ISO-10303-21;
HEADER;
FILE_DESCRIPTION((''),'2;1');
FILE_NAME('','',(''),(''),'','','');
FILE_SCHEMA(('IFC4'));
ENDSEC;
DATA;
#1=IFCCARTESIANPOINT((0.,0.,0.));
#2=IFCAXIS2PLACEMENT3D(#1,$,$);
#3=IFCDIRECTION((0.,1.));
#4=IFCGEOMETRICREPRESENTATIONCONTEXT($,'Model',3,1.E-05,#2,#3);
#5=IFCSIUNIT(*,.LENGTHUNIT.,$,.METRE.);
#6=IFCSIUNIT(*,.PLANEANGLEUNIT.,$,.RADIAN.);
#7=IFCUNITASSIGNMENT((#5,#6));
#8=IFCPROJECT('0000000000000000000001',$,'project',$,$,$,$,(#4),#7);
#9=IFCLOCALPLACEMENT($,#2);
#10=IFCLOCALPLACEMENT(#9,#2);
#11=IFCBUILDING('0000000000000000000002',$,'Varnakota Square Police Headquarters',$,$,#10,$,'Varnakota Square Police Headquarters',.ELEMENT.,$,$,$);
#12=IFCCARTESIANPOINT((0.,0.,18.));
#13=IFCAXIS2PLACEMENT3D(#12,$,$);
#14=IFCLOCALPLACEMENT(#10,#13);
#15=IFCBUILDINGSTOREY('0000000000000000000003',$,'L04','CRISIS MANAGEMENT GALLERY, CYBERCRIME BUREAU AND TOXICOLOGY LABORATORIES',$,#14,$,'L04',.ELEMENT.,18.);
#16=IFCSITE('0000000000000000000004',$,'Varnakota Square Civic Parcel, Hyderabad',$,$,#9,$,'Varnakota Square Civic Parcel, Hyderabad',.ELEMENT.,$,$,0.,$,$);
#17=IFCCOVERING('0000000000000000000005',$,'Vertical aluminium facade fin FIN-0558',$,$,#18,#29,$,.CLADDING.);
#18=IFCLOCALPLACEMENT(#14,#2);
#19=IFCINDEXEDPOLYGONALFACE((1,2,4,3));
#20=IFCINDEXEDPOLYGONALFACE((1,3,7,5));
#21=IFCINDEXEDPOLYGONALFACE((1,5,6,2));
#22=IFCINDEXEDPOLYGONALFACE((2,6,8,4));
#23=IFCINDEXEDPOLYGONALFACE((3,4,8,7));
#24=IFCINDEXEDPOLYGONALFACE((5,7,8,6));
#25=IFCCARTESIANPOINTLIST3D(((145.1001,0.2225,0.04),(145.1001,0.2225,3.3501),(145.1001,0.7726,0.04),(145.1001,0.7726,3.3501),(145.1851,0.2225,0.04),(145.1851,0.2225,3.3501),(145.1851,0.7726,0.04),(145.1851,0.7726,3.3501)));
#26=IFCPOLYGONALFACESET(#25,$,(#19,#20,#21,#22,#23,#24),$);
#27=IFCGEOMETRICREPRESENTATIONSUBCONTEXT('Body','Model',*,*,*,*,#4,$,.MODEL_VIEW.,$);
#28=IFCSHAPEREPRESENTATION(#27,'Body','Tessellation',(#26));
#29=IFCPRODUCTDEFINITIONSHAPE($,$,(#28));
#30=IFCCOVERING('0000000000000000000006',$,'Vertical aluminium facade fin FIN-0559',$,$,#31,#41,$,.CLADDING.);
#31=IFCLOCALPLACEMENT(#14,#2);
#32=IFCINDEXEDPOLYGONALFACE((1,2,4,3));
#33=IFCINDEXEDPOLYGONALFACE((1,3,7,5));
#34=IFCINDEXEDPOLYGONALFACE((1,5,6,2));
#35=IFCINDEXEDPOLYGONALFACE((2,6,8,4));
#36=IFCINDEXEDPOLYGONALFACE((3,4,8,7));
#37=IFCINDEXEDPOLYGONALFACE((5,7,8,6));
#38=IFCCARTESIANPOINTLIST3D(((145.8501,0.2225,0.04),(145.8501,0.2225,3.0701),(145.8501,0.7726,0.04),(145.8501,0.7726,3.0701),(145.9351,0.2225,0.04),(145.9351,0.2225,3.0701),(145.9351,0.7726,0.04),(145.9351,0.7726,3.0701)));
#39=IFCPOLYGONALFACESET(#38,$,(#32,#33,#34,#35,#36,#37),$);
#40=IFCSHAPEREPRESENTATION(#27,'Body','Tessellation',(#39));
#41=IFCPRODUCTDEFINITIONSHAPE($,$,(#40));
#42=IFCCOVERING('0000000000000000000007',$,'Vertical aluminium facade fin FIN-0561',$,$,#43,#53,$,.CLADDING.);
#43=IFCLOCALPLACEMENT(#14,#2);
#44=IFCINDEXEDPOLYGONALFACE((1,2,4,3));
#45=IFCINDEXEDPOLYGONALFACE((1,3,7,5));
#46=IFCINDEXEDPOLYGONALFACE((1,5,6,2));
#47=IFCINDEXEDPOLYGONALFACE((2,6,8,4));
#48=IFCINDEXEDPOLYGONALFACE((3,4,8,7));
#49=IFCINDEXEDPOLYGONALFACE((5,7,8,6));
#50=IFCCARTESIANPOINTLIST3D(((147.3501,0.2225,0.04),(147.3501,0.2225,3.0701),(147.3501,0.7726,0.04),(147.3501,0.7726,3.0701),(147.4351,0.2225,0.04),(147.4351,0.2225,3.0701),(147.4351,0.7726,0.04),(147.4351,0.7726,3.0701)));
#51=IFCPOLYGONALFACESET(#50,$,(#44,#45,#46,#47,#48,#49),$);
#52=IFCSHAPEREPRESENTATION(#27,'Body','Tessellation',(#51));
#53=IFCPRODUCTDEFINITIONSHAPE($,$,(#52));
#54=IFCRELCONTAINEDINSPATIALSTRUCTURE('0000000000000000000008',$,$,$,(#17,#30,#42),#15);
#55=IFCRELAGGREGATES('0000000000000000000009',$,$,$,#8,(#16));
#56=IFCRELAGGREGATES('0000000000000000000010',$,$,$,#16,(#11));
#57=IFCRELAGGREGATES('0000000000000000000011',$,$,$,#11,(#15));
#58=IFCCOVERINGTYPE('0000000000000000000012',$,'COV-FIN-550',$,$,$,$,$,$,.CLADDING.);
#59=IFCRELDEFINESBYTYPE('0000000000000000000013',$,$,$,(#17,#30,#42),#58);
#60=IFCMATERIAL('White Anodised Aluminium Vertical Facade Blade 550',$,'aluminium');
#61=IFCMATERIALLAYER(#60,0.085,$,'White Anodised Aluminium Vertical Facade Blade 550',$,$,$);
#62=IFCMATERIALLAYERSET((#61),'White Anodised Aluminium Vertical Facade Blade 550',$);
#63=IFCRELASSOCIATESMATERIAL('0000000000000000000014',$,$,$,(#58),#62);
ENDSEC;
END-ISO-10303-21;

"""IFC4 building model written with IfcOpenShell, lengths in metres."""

from ifc_helpers import new_model, si_unit, direction, frame, origin, origin_2d, place, context, subcontext, project, spatial, rectangle, extrude, material, layer, layer_set, type_object, element, save


model = new_model("IFC4")

# Units and contexts
model_context = context("Model", 3, precision=1e-05, world=origin(), true_north=direction((0.0, 1.0)))
body_context = subcontext(model_context, "Body", "Model", "MODEL_VIEW")
ifc_project = project(units=[si_unit("LENGTHUNIT", "METRE"), si_unit("PLANEANGLEUNIT", "RADIAN")], contexts=[model_context])

# Site, building, storey
site_placement = place(None, origin())
site = spatial("IfcSite", under=ifc_project, at=site_placement, Name="Varnakota Square Civic Parcel, Hyderabad", LongName="Varnakota Square Civic Parcel, Hyderabad", CompositionType="ELEMENT", RefElevation=0.0)
building_placement = place(site_placement, origin())
building = spatial("IfcBuilding", under=site, at=building_placement, Name="Varnakota Square Police Headquarters", LongName="Varnakota Square Police Headquarters", CompositionType="ELEMENT")
storey_placement = place(building_placement, frame((0.0, 0.0, 18.0)))
storey = spatial("IfcBuildingStorey", under=building, at=storey_placement, Name="L04", Description="CRISIS MANAGEMENT GALLERY, CYBERCRIME BUREAU AND TOXICOLOGY LABORATORIES", LongName="L04", CompositionType="ELEMENT", Elevation=18.0)

# Coverings
ifc_material_1 = material(Name="White Anodised Aluminium Vertical Facade Blade 550", Category="aluminium")
ifc_layer_1 = layer(ifc_material_1, 0.085, Name="White Anodised Aluminium Vertical Facade Blade 550")
ifc_layer_set_1 = layer_set([ifc_layer_1], Name="White Anodised Aluminium Vertical Facade Blade 550")
covering_type_1 = type_object("IfcCoveringType", Name="COV-FIN-550", PredefinedType="CLADDING", material=ifc_layer_set_1)
covering_1_placement = place(storey_placement, frame((145.1426, 0.4976, 0.04), z_axis=(0.0, 0.0, 1.0), x_axis=(1.0, 0.0, 0.0)))
element("IfcCovering", 1, at=covering_1_placement, inside=storey, type_object=covering_type_1, Name="Vertical aluminium facade fin FIN-0558", PredefinedType="CLADDING", context=body_context, shape_type="SweptSolid", body=[
    extrude(rectangle(XDim=0.085, YDim=0.55, at=origin_2d()), origin(), (0.0, 0.0, 1.0), 3.3101),
])
for number, where, z_axis, x_axis, name in (
    (2, (145.8926, 0.4976, 0.04), (0.0, 0.0, 1.0), (1.0, 0.0, 0.0), "Vertical aluminium facade fin FIN-0559"),
    (3, (147.3926, 0.4976, 0.04), (0.0, 0.0, 1.0), (1.0, 0.0, 0.0), "Vertical aluminium facade fin FIN-0561"),
):
    element("IfcCovering", number, at=place(storey_placement, frame(where, z_axis=z_axis, x_axis=x_axis)), inside=storey, type_object=covering_type_1, Name=name, PredefinedType="CLADDING", context=body_context, shape_type="SweptSolid", body=[
        extrude(rectangle(XDim=0.085, YDim=0.55, at=origin_2d()), origin(), (0.0, 0.0, 1.0), 3.03),
    ])

save(model, "model.ifc")
